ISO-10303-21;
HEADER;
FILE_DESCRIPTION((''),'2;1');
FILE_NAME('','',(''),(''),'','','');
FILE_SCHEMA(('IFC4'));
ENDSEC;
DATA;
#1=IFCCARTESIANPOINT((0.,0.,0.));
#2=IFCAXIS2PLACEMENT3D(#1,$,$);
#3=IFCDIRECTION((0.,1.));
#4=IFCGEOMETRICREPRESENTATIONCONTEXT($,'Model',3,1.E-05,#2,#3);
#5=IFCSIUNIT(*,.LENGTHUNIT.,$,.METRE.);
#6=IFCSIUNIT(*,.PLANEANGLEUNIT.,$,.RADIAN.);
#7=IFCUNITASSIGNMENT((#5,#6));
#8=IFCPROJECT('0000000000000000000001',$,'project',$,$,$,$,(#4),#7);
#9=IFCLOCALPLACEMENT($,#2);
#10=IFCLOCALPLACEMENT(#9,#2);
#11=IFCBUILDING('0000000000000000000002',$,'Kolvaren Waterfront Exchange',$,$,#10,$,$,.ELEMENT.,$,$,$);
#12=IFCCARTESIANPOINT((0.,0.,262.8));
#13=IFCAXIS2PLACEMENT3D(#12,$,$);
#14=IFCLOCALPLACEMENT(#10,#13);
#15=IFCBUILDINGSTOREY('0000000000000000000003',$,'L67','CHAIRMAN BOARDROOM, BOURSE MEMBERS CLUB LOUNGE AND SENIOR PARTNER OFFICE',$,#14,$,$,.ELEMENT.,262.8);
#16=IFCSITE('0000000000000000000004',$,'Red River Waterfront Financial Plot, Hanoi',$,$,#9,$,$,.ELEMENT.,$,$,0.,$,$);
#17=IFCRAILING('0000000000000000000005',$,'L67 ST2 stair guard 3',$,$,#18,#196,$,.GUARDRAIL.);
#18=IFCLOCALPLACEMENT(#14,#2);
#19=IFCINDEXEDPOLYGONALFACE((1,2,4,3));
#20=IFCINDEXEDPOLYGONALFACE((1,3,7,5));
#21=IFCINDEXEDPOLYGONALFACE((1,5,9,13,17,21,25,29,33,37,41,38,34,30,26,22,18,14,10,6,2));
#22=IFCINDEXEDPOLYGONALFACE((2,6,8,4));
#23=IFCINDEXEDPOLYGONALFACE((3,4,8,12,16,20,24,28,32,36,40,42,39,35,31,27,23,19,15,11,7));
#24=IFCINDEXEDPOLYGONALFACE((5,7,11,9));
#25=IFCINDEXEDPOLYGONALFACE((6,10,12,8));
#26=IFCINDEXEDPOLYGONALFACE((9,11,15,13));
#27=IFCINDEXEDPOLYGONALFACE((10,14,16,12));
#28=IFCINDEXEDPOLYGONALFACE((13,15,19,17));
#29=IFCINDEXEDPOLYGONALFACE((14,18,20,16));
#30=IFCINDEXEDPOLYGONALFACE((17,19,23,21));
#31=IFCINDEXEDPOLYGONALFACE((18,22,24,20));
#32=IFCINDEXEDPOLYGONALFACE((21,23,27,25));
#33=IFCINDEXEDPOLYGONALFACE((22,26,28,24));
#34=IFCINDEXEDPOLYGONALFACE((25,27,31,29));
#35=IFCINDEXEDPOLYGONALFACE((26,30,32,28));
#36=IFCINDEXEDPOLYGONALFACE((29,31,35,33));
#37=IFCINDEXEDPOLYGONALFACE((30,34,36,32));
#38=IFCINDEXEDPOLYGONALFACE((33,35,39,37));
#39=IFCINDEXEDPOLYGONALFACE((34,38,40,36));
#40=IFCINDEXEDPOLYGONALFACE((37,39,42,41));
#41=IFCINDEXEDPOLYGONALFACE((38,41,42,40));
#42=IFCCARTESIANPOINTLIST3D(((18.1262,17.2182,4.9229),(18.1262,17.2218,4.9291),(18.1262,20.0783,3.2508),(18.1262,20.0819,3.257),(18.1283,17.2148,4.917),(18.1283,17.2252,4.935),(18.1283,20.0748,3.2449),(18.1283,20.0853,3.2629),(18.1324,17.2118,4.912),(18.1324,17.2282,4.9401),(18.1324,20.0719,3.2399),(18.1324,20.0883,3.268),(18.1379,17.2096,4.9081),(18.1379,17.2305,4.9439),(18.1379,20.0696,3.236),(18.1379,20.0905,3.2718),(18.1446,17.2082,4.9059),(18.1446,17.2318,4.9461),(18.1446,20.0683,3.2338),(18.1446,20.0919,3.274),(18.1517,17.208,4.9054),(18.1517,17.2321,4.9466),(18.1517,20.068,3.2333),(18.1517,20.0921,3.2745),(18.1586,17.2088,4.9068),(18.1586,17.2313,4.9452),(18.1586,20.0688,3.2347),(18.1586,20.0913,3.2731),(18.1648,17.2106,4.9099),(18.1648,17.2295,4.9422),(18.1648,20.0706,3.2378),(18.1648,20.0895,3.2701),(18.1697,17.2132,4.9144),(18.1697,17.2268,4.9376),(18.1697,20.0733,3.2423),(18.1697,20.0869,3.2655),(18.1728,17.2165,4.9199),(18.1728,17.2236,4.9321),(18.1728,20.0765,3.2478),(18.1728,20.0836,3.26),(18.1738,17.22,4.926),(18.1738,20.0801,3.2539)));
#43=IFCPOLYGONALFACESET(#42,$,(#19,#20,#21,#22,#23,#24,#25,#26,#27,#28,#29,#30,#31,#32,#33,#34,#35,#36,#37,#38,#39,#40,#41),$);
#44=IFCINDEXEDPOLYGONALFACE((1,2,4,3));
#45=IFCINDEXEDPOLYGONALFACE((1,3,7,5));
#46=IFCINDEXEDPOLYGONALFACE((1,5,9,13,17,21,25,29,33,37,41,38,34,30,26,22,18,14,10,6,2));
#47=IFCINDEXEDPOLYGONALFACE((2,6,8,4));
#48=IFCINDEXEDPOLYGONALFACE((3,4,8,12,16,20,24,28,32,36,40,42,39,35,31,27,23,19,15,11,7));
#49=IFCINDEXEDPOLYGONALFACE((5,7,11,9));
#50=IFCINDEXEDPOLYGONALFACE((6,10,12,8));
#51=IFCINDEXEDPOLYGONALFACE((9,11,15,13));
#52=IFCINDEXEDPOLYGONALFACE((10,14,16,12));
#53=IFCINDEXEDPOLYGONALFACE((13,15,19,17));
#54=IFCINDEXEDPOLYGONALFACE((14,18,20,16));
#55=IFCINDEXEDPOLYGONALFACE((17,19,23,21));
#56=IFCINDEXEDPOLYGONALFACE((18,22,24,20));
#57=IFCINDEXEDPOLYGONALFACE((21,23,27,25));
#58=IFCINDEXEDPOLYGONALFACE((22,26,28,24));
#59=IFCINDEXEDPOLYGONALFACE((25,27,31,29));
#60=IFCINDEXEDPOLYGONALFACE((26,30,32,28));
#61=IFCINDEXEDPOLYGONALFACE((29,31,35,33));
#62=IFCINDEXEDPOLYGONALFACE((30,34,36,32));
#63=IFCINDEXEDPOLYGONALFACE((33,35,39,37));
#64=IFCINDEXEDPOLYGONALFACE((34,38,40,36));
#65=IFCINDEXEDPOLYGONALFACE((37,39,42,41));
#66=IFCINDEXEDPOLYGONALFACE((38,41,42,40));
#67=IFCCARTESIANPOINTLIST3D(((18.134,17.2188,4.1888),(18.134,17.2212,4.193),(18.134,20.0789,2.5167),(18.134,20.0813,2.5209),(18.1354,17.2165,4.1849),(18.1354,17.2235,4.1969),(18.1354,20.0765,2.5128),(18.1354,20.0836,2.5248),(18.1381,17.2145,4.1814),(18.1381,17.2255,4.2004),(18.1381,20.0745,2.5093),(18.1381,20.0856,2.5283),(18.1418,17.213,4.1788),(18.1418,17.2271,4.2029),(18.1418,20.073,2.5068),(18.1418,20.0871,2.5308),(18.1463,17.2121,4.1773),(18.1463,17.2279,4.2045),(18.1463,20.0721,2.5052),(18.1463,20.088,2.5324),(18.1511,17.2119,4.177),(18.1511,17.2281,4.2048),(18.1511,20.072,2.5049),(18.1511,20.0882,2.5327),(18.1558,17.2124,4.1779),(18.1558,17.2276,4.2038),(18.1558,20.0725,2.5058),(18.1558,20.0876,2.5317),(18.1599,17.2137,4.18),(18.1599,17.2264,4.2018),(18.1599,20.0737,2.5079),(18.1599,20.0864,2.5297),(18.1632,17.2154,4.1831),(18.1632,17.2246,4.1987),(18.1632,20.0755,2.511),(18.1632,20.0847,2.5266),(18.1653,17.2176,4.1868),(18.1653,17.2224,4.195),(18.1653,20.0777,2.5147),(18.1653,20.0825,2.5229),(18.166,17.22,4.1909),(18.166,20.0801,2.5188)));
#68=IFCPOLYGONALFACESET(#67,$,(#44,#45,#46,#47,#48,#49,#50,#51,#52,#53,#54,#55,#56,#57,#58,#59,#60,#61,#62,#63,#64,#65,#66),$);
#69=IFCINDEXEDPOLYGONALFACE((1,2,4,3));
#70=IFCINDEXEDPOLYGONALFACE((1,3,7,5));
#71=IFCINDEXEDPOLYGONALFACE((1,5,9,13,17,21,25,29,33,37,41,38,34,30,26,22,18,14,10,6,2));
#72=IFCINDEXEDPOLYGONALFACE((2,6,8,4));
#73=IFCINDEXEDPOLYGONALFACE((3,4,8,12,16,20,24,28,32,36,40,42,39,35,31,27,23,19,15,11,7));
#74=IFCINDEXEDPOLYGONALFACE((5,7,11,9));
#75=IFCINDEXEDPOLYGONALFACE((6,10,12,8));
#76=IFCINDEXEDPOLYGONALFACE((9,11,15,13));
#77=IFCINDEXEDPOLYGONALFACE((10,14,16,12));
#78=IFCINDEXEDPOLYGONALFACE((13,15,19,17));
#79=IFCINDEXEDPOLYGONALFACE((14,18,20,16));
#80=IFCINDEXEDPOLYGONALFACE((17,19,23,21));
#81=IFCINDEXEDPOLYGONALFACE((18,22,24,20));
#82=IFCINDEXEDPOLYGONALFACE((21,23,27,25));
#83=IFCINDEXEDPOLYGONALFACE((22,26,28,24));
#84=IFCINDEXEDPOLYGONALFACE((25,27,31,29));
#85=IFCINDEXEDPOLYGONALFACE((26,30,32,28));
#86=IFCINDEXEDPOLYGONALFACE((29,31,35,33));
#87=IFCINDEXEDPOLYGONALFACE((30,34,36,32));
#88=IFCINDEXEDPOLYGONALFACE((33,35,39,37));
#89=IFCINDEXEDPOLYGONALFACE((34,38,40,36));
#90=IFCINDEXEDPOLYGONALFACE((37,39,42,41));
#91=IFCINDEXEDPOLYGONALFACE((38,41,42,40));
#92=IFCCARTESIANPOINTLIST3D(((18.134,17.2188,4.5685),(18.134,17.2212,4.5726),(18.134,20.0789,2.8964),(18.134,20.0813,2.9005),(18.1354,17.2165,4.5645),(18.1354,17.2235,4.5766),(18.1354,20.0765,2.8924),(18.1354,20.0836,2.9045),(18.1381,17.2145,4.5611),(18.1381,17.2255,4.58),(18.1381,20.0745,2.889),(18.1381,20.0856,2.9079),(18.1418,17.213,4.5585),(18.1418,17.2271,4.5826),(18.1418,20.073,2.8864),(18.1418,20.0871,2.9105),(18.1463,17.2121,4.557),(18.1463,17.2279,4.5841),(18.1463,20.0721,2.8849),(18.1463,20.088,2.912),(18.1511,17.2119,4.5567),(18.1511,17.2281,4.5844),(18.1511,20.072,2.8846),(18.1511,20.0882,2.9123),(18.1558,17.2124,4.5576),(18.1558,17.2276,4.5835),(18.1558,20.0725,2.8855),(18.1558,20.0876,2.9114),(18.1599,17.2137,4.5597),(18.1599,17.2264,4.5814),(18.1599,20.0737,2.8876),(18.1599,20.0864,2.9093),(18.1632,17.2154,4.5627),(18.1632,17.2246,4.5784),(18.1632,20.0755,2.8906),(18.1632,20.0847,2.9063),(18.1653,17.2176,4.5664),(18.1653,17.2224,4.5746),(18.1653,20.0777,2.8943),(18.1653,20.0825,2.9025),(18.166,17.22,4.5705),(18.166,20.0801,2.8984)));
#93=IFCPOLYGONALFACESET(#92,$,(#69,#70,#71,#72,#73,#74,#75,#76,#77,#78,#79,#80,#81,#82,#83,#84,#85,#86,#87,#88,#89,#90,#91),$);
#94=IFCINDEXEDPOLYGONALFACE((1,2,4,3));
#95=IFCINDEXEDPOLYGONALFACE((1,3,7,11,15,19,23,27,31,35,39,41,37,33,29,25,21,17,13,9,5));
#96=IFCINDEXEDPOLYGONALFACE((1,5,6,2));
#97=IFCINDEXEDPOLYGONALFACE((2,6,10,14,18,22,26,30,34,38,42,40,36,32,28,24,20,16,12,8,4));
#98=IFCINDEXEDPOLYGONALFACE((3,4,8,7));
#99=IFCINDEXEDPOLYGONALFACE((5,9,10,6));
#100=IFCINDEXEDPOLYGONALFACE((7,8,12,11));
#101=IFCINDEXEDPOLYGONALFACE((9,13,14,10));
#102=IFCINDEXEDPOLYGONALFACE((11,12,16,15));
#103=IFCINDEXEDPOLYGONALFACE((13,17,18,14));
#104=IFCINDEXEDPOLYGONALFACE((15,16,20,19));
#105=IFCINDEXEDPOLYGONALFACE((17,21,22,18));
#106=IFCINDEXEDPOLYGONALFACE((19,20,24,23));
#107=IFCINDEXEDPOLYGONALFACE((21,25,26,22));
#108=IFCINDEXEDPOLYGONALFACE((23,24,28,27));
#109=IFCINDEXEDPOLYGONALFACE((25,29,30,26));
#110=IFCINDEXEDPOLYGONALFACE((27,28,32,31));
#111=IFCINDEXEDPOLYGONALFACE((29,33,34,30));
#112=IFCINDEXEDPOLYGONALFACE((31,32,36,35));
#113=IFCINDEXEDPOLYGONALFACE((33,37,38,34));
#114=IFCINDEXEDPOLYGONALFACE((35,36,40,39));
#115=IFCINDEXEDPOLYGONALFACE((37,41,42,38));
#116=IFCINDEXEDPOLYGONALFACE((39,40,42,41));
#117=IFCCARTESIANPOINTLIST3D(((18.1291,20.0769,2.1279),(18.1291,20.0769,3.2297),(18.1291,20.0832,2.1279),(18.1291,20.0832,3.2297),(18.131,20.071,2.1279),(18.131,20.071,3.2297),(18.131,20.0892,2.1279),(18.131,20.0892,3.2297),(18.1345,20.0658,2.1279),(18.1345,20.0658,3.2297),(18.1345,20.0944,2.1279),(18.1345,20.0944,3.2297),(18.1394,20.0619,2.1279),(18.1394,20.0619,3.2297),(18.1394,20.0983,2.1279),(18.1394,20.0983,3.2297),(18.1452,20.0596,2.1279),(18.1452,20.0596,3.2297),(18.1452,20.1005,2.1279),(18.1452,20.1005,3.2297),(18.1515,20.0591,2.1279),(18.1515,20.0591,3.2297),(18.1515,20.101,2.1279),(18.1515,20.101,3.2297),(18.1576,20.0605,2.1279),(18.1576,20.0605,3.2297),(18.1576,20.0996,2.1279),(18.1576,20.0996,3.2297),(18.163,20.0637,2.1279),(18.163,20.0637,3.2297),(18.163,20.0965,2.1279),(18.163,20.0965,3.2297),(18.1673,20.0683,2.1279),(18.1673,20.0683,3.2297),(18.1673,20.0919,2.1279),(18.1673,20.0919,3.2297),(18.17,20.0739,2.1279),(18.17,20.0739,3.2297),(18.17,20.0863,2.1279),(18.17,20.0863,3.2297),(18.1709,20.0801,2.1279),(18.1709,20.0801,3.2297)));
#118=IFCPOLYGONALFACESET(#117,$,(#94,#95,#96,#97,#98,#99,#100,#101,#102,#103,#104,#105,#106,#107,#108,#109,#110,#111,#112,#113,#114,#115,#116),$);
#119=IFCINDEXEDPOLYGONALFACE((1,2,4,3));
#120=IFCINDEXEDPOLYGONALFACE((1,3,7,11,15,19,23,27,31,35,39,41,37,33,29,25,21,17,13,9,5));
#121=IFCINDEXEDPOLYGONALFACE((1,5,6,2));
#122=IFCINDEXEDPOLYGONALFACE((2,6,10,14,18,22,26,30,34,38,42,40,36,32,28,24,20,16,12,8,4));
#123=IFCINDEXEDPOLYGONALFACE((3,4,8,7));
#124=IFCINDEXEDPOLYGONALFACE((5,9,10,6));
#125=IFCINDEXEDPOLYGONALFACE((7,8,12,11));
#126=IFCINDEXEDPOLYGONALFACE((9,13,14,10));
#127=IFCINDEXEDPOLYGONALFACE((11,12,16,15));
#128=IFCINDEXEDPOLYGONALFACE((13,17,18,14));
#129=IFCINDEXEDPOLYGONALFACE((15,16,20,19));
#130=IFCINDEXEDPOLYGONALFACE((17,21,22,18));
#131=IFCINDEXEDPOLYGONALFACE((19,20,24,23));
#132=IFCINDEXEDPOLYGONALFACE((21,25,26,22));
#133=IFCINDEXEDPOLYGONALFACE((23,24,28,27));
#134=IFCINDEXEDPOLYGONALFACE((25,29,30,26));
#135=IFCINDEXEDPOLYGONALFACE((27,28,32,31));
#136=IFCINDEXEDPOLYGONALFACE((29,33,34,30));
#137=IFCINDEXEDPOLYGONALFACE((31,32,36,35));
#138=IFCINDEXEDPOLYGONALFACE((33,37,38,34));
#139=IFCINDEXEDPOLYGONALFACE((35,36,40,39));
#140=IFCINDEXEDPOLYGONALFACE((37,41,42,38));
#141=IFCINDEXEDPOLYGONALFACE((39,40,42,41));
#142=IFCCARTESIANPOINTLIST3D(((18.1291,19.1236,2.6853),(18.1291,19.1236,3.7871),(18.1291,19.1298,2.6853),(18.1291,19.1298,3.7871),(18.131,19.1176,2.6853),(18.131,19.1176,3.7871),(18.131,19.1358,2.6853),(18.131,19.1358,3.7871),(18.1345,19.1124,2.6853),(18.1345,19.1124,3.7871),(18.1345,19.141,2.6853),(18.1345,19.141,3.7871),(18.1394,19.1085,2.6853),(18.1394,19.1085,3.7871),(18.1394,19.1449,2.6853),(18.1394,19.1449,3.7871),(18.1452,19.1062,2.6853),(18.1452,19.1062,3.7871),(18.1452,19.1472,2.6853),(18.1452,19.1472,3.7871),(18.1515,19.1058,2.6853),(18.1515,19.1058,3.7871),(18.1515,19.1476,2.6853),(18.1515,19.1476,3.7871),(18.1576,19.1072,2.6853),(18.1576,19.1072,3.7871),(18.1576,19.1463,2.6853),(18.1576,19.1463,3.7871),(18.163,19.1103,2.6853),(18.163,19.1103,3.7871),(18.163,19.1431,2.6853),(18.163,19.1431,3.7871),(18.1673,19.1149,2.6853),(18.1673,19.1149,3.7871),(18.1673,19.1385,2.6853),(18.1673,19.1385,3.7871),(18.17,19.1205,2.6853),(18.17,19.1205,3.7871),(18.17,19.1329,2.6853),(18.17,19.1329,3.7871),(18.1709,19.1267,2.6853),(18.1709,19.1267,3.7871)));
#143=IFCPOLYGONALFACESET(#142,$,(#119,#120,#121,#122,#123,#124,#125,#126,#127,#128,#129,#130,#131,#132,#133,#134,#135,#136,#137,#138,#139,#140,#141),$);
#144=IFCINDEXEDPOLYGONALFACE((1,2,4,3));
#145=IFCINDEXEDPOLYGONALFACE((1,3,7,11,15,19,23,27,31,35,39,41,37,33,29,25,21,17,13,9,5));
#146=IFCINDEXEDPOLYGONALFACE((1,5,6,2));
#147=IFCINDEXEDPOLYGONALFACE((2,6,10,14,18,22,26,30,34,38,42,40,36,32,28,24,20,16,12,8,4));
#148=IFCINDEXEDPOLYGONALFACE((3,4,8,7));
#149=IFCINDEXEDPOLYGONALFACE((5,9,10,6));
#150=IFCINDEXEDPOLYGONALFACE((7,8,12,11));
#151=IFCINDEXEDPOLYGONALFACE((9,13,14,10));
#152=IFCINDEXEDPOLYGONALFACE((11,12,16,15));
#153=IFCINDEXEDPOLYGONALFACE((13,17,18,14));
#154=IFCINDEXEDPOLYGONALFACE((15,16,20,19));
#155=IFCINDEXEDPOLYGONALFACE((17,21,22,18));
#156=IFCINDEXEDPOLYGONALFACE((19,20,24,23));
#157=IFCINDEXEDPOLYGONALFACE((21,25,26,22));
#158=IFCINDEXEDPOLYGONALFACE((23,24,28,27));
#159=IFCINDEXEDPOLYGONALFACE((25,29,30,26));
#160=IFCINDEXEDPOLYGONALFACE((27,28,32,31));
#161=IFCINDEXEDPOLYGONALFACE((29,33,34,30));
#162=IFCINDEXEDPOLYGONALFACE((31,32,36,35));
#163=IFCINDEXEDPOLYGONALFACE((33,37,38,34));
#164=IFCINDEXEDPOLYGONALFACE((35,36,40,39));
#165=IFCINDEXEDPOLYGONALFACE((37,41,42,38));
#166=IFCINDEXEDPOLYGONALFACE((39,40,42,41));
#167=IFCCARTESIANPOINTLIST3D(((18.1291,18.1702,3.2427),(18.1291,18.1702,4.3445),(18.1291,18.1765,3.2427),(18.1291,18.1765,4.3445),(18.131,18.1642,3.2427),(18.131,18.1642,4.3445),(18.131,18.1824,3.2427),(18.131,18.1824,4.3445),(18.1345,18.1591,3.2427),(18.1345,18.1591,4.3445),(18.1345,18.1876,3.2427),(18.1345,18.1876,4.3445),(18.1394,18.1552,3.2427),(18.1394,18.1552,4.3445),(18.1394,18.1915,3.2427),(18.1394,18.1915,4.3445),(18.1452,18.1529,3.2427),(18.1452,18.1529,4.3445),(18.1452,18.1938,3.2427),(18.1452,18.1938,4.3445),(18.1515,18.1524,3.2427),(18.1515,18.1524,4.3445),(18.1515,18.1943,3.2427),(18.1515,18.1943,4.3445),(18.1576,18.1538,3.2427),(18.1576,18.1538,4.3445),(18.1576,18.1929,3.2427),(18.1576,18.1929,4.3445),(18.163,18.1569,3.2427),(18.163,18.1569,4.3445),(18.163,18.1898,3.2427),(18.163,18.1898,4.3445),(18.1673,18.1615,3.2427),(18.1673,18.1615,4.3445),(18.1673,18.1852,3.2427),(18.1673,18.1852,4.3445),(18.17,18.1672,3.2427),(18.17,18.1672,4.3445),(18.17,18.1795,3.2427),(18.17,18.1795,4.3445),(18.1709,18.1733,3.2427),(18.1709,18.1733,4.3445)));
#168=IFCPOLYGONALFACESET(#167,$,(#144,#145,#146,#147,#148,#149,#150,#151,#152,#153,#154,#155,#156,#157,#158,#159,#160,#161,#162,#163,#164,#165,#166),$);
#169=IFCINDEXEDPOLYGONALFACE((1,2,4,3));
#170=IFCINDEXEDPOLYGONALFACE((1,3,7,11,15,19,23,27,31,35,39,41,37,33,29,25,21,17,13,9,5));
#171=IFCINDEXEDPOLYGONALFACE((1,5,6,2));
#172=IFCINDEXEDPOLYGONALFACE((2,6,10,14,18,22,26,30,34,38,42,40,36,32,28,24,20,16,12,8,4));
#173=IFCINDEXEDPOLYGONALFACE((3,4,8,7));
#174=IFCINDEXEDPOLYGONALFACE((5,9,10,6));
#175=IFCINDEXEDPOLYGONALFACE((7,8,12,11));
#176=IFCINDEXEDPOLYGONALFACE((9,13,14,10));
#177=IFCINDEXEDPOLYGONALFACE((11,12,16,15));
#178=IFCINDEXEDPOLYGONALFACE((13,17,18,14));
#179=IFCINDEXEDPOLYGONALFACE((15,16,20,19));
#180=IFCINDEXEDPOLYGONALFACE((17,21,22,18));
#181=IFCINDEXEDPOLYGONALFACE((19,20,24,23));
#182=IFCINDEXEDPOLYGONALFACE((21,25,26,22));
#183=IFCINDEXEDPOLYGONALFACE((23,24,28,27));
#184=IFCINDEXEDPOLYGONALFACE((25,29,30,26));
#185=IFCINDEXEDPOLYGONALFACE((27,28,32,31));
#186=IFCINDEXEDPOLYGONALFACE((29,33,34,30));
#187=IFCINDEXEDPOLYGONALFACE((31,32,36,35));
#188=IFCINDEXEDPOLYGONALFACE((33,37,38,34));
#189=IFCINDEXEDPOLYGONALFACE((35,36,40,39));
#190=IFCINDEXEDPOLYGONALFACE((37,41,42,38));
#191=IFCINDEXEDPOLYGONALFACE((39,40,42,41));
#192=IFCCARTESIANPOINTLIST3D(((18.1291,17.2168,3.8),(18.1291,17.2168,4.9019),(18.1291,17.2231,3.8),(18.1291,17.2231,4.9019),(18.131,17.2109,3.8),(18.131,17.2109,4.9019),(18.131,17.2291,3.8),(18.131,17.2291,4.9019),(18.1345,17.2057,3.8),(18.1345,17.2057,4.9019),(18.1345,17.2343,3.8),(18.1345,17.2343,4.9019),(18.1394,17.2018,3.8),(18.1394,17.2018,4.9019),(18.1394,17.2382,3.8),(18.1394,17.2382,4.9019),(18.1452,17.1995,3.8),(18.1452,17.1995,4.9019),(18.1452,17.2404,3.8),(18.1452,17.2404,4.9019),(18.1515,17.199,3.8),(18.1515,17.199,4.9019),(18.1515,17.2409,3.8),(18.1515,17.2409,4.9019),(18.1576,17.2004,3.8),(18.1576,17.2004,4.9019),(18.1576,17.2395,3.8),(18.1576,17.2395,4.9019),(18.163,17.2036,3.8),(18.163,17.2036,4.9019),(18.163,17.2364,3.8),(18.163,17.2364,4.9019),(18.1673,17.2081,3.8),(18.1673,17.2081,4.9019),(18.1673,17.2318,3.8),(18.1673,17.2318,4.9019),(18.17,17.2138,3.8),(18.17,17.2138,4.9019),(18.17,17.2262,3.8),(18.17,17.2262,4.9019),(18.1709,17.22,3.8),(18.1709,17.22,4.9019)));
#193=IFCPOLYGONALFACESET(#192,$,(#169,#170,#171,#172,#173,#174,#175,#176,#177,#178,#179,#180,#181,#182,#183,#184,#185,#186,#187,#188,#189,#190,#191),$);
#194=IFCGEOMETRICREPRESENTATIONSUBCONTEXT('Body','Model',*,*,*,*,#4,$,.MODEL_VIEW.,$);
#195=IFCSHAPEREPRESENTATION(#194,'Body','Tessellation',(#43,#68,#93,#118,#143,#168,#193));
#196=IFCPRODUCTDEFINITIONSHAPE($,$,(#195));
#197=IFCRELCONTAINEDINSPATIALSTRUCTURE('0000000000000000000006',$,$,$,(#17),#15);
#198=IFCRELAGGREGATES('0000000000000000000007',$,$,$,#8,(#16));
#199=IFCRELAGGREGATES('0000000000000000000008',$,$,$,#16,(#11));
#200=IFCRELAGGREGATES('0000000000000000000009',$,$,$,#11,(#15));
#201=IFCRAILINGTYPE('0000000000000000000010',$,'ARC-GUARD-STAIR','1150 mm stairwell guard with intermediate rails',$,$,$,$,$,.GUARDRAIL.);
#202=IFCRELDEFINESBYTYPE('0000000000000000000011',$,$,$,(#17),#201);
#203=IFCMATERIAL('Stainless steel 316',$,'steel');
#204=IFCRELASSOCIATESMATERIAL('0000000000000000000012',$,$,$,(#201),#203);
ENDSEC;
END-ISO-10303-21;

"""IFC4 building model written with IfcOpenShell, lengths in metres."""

from ifc_helpers import new_model, si_unit, direction, frame, origin, origin_2d, place, context, subcontext, project, spatial, circle, extrude, material, type_object, element, save


model = new_model("IFC4")

# Units and contexts
model_context = context("Model", 3, precision=1e-05, world=origin(), true_north=direction((0.0, 1.0)))
body_context = subcontext(model_context, "Body", "Model", "MODEL_VIEW")
ifc_project = project(units=[si_unit("LENGTHUNIT", "METRE"), si_unit("PLANEANGLEUNIT", "RADIAN")], contexts=[model_context])

# Site, building, storey
site_placement = place(None, origin())
site = spatial("IfcSite", under=ifc_project, at=site_placement, Name="Red River Waterfront Financial Plot, Hanoi", CompositionType="ELEMENT", RefElevation=0.0)
building_placement = place(site_placement, origin())
building = spatial("IfcBuilding", under=site, at=building_placement, Name="Kolvaren Waterfront Exchange", CompositionType="ELEMENT")
storey_placement = place(building_placement, frame((0.0, 0.0, 262.8)))
storey = spatial("IfcBuildingStorey", under=building, at=storey_placement, Name="L67", Description="CHAIRMAN BOARDROOM, BOURSE MEMBERS CLUB LOUNGE AND SENIOR PARTNER OFFICE", CompositionType="ELEMENT", Elevation=262.8)

# Railing
ifc_material_1 = material(Name="Stainless steel 316", Category="steel")
railing_type = type_object("IfcRailingType", Name="ARC-GUARD-STAIR", Description="1150 mm stairwell guard with intermediate rails", PredefinedType="GUARDRAIL", material=ifc_material_1)
railing_placement = place(storey_placement, frame((18.1499, 20.0801, 2.1279)))
element("IfcRailing", 1, at=railing_placement, inside=storey, type_object=railing_type, Name="L67 ST2 stair guard 3", PredefinedType="GUARDRAIL", context=body_context, shape_type="SweptSolid", body=[
    extrude(circle(Radius=0.0239, at=origin_2d()), frame((0.0, 0.0, 1.126), z_axis=(0.0, -0.863289, 0.504709), x_axis=(1.0, 0.0, 0.0)), (0.0, 0.0, 1.0), 3.313),
    extrude(circle(Radius=0.0161, at=origin_2d()), frame((0.0, 0.0, 0.3909), z_axis=(0.0, -0.863289, 0.504709), x_axis=(1.0, 0.0, 0.0)), (0.0, 0.0, 1.0), 3.313),
    extrude(circle(Radius=0.0161, at=origin_2d()), frame((0.0, 0.0, 0.7705), z_axis=(0.0, -0.863289, 0.504709), x_axis=(1.0, 0.0, 0.0)), (0.0, 0.0, 1.0), 3.313),
    extrude(circle(Radius=0.021, at=origin_2d()), origin(), (0.0, 0.0, 1.0), 1.1018),
    extrude(circle(Radius=0.021, at=origin_2d()), frame((0.0, -0.9534, 0.5574)), (0.0, 0.0, 1.0), 1.1018),
    extrude(circle(Radius=0.021, at=origin_2d()), frame((0.0, -1.9067, 1.1147)), (0.0, 0.0, 1.0), 1.1018),
    extrude(circle(Radius=0.021, at=origin_2d()), frame((0.0, -2.8601, 1.6721)), (0.0, 0.0, 1.0), 1.1018),
])

save(model, "model.ifc")
